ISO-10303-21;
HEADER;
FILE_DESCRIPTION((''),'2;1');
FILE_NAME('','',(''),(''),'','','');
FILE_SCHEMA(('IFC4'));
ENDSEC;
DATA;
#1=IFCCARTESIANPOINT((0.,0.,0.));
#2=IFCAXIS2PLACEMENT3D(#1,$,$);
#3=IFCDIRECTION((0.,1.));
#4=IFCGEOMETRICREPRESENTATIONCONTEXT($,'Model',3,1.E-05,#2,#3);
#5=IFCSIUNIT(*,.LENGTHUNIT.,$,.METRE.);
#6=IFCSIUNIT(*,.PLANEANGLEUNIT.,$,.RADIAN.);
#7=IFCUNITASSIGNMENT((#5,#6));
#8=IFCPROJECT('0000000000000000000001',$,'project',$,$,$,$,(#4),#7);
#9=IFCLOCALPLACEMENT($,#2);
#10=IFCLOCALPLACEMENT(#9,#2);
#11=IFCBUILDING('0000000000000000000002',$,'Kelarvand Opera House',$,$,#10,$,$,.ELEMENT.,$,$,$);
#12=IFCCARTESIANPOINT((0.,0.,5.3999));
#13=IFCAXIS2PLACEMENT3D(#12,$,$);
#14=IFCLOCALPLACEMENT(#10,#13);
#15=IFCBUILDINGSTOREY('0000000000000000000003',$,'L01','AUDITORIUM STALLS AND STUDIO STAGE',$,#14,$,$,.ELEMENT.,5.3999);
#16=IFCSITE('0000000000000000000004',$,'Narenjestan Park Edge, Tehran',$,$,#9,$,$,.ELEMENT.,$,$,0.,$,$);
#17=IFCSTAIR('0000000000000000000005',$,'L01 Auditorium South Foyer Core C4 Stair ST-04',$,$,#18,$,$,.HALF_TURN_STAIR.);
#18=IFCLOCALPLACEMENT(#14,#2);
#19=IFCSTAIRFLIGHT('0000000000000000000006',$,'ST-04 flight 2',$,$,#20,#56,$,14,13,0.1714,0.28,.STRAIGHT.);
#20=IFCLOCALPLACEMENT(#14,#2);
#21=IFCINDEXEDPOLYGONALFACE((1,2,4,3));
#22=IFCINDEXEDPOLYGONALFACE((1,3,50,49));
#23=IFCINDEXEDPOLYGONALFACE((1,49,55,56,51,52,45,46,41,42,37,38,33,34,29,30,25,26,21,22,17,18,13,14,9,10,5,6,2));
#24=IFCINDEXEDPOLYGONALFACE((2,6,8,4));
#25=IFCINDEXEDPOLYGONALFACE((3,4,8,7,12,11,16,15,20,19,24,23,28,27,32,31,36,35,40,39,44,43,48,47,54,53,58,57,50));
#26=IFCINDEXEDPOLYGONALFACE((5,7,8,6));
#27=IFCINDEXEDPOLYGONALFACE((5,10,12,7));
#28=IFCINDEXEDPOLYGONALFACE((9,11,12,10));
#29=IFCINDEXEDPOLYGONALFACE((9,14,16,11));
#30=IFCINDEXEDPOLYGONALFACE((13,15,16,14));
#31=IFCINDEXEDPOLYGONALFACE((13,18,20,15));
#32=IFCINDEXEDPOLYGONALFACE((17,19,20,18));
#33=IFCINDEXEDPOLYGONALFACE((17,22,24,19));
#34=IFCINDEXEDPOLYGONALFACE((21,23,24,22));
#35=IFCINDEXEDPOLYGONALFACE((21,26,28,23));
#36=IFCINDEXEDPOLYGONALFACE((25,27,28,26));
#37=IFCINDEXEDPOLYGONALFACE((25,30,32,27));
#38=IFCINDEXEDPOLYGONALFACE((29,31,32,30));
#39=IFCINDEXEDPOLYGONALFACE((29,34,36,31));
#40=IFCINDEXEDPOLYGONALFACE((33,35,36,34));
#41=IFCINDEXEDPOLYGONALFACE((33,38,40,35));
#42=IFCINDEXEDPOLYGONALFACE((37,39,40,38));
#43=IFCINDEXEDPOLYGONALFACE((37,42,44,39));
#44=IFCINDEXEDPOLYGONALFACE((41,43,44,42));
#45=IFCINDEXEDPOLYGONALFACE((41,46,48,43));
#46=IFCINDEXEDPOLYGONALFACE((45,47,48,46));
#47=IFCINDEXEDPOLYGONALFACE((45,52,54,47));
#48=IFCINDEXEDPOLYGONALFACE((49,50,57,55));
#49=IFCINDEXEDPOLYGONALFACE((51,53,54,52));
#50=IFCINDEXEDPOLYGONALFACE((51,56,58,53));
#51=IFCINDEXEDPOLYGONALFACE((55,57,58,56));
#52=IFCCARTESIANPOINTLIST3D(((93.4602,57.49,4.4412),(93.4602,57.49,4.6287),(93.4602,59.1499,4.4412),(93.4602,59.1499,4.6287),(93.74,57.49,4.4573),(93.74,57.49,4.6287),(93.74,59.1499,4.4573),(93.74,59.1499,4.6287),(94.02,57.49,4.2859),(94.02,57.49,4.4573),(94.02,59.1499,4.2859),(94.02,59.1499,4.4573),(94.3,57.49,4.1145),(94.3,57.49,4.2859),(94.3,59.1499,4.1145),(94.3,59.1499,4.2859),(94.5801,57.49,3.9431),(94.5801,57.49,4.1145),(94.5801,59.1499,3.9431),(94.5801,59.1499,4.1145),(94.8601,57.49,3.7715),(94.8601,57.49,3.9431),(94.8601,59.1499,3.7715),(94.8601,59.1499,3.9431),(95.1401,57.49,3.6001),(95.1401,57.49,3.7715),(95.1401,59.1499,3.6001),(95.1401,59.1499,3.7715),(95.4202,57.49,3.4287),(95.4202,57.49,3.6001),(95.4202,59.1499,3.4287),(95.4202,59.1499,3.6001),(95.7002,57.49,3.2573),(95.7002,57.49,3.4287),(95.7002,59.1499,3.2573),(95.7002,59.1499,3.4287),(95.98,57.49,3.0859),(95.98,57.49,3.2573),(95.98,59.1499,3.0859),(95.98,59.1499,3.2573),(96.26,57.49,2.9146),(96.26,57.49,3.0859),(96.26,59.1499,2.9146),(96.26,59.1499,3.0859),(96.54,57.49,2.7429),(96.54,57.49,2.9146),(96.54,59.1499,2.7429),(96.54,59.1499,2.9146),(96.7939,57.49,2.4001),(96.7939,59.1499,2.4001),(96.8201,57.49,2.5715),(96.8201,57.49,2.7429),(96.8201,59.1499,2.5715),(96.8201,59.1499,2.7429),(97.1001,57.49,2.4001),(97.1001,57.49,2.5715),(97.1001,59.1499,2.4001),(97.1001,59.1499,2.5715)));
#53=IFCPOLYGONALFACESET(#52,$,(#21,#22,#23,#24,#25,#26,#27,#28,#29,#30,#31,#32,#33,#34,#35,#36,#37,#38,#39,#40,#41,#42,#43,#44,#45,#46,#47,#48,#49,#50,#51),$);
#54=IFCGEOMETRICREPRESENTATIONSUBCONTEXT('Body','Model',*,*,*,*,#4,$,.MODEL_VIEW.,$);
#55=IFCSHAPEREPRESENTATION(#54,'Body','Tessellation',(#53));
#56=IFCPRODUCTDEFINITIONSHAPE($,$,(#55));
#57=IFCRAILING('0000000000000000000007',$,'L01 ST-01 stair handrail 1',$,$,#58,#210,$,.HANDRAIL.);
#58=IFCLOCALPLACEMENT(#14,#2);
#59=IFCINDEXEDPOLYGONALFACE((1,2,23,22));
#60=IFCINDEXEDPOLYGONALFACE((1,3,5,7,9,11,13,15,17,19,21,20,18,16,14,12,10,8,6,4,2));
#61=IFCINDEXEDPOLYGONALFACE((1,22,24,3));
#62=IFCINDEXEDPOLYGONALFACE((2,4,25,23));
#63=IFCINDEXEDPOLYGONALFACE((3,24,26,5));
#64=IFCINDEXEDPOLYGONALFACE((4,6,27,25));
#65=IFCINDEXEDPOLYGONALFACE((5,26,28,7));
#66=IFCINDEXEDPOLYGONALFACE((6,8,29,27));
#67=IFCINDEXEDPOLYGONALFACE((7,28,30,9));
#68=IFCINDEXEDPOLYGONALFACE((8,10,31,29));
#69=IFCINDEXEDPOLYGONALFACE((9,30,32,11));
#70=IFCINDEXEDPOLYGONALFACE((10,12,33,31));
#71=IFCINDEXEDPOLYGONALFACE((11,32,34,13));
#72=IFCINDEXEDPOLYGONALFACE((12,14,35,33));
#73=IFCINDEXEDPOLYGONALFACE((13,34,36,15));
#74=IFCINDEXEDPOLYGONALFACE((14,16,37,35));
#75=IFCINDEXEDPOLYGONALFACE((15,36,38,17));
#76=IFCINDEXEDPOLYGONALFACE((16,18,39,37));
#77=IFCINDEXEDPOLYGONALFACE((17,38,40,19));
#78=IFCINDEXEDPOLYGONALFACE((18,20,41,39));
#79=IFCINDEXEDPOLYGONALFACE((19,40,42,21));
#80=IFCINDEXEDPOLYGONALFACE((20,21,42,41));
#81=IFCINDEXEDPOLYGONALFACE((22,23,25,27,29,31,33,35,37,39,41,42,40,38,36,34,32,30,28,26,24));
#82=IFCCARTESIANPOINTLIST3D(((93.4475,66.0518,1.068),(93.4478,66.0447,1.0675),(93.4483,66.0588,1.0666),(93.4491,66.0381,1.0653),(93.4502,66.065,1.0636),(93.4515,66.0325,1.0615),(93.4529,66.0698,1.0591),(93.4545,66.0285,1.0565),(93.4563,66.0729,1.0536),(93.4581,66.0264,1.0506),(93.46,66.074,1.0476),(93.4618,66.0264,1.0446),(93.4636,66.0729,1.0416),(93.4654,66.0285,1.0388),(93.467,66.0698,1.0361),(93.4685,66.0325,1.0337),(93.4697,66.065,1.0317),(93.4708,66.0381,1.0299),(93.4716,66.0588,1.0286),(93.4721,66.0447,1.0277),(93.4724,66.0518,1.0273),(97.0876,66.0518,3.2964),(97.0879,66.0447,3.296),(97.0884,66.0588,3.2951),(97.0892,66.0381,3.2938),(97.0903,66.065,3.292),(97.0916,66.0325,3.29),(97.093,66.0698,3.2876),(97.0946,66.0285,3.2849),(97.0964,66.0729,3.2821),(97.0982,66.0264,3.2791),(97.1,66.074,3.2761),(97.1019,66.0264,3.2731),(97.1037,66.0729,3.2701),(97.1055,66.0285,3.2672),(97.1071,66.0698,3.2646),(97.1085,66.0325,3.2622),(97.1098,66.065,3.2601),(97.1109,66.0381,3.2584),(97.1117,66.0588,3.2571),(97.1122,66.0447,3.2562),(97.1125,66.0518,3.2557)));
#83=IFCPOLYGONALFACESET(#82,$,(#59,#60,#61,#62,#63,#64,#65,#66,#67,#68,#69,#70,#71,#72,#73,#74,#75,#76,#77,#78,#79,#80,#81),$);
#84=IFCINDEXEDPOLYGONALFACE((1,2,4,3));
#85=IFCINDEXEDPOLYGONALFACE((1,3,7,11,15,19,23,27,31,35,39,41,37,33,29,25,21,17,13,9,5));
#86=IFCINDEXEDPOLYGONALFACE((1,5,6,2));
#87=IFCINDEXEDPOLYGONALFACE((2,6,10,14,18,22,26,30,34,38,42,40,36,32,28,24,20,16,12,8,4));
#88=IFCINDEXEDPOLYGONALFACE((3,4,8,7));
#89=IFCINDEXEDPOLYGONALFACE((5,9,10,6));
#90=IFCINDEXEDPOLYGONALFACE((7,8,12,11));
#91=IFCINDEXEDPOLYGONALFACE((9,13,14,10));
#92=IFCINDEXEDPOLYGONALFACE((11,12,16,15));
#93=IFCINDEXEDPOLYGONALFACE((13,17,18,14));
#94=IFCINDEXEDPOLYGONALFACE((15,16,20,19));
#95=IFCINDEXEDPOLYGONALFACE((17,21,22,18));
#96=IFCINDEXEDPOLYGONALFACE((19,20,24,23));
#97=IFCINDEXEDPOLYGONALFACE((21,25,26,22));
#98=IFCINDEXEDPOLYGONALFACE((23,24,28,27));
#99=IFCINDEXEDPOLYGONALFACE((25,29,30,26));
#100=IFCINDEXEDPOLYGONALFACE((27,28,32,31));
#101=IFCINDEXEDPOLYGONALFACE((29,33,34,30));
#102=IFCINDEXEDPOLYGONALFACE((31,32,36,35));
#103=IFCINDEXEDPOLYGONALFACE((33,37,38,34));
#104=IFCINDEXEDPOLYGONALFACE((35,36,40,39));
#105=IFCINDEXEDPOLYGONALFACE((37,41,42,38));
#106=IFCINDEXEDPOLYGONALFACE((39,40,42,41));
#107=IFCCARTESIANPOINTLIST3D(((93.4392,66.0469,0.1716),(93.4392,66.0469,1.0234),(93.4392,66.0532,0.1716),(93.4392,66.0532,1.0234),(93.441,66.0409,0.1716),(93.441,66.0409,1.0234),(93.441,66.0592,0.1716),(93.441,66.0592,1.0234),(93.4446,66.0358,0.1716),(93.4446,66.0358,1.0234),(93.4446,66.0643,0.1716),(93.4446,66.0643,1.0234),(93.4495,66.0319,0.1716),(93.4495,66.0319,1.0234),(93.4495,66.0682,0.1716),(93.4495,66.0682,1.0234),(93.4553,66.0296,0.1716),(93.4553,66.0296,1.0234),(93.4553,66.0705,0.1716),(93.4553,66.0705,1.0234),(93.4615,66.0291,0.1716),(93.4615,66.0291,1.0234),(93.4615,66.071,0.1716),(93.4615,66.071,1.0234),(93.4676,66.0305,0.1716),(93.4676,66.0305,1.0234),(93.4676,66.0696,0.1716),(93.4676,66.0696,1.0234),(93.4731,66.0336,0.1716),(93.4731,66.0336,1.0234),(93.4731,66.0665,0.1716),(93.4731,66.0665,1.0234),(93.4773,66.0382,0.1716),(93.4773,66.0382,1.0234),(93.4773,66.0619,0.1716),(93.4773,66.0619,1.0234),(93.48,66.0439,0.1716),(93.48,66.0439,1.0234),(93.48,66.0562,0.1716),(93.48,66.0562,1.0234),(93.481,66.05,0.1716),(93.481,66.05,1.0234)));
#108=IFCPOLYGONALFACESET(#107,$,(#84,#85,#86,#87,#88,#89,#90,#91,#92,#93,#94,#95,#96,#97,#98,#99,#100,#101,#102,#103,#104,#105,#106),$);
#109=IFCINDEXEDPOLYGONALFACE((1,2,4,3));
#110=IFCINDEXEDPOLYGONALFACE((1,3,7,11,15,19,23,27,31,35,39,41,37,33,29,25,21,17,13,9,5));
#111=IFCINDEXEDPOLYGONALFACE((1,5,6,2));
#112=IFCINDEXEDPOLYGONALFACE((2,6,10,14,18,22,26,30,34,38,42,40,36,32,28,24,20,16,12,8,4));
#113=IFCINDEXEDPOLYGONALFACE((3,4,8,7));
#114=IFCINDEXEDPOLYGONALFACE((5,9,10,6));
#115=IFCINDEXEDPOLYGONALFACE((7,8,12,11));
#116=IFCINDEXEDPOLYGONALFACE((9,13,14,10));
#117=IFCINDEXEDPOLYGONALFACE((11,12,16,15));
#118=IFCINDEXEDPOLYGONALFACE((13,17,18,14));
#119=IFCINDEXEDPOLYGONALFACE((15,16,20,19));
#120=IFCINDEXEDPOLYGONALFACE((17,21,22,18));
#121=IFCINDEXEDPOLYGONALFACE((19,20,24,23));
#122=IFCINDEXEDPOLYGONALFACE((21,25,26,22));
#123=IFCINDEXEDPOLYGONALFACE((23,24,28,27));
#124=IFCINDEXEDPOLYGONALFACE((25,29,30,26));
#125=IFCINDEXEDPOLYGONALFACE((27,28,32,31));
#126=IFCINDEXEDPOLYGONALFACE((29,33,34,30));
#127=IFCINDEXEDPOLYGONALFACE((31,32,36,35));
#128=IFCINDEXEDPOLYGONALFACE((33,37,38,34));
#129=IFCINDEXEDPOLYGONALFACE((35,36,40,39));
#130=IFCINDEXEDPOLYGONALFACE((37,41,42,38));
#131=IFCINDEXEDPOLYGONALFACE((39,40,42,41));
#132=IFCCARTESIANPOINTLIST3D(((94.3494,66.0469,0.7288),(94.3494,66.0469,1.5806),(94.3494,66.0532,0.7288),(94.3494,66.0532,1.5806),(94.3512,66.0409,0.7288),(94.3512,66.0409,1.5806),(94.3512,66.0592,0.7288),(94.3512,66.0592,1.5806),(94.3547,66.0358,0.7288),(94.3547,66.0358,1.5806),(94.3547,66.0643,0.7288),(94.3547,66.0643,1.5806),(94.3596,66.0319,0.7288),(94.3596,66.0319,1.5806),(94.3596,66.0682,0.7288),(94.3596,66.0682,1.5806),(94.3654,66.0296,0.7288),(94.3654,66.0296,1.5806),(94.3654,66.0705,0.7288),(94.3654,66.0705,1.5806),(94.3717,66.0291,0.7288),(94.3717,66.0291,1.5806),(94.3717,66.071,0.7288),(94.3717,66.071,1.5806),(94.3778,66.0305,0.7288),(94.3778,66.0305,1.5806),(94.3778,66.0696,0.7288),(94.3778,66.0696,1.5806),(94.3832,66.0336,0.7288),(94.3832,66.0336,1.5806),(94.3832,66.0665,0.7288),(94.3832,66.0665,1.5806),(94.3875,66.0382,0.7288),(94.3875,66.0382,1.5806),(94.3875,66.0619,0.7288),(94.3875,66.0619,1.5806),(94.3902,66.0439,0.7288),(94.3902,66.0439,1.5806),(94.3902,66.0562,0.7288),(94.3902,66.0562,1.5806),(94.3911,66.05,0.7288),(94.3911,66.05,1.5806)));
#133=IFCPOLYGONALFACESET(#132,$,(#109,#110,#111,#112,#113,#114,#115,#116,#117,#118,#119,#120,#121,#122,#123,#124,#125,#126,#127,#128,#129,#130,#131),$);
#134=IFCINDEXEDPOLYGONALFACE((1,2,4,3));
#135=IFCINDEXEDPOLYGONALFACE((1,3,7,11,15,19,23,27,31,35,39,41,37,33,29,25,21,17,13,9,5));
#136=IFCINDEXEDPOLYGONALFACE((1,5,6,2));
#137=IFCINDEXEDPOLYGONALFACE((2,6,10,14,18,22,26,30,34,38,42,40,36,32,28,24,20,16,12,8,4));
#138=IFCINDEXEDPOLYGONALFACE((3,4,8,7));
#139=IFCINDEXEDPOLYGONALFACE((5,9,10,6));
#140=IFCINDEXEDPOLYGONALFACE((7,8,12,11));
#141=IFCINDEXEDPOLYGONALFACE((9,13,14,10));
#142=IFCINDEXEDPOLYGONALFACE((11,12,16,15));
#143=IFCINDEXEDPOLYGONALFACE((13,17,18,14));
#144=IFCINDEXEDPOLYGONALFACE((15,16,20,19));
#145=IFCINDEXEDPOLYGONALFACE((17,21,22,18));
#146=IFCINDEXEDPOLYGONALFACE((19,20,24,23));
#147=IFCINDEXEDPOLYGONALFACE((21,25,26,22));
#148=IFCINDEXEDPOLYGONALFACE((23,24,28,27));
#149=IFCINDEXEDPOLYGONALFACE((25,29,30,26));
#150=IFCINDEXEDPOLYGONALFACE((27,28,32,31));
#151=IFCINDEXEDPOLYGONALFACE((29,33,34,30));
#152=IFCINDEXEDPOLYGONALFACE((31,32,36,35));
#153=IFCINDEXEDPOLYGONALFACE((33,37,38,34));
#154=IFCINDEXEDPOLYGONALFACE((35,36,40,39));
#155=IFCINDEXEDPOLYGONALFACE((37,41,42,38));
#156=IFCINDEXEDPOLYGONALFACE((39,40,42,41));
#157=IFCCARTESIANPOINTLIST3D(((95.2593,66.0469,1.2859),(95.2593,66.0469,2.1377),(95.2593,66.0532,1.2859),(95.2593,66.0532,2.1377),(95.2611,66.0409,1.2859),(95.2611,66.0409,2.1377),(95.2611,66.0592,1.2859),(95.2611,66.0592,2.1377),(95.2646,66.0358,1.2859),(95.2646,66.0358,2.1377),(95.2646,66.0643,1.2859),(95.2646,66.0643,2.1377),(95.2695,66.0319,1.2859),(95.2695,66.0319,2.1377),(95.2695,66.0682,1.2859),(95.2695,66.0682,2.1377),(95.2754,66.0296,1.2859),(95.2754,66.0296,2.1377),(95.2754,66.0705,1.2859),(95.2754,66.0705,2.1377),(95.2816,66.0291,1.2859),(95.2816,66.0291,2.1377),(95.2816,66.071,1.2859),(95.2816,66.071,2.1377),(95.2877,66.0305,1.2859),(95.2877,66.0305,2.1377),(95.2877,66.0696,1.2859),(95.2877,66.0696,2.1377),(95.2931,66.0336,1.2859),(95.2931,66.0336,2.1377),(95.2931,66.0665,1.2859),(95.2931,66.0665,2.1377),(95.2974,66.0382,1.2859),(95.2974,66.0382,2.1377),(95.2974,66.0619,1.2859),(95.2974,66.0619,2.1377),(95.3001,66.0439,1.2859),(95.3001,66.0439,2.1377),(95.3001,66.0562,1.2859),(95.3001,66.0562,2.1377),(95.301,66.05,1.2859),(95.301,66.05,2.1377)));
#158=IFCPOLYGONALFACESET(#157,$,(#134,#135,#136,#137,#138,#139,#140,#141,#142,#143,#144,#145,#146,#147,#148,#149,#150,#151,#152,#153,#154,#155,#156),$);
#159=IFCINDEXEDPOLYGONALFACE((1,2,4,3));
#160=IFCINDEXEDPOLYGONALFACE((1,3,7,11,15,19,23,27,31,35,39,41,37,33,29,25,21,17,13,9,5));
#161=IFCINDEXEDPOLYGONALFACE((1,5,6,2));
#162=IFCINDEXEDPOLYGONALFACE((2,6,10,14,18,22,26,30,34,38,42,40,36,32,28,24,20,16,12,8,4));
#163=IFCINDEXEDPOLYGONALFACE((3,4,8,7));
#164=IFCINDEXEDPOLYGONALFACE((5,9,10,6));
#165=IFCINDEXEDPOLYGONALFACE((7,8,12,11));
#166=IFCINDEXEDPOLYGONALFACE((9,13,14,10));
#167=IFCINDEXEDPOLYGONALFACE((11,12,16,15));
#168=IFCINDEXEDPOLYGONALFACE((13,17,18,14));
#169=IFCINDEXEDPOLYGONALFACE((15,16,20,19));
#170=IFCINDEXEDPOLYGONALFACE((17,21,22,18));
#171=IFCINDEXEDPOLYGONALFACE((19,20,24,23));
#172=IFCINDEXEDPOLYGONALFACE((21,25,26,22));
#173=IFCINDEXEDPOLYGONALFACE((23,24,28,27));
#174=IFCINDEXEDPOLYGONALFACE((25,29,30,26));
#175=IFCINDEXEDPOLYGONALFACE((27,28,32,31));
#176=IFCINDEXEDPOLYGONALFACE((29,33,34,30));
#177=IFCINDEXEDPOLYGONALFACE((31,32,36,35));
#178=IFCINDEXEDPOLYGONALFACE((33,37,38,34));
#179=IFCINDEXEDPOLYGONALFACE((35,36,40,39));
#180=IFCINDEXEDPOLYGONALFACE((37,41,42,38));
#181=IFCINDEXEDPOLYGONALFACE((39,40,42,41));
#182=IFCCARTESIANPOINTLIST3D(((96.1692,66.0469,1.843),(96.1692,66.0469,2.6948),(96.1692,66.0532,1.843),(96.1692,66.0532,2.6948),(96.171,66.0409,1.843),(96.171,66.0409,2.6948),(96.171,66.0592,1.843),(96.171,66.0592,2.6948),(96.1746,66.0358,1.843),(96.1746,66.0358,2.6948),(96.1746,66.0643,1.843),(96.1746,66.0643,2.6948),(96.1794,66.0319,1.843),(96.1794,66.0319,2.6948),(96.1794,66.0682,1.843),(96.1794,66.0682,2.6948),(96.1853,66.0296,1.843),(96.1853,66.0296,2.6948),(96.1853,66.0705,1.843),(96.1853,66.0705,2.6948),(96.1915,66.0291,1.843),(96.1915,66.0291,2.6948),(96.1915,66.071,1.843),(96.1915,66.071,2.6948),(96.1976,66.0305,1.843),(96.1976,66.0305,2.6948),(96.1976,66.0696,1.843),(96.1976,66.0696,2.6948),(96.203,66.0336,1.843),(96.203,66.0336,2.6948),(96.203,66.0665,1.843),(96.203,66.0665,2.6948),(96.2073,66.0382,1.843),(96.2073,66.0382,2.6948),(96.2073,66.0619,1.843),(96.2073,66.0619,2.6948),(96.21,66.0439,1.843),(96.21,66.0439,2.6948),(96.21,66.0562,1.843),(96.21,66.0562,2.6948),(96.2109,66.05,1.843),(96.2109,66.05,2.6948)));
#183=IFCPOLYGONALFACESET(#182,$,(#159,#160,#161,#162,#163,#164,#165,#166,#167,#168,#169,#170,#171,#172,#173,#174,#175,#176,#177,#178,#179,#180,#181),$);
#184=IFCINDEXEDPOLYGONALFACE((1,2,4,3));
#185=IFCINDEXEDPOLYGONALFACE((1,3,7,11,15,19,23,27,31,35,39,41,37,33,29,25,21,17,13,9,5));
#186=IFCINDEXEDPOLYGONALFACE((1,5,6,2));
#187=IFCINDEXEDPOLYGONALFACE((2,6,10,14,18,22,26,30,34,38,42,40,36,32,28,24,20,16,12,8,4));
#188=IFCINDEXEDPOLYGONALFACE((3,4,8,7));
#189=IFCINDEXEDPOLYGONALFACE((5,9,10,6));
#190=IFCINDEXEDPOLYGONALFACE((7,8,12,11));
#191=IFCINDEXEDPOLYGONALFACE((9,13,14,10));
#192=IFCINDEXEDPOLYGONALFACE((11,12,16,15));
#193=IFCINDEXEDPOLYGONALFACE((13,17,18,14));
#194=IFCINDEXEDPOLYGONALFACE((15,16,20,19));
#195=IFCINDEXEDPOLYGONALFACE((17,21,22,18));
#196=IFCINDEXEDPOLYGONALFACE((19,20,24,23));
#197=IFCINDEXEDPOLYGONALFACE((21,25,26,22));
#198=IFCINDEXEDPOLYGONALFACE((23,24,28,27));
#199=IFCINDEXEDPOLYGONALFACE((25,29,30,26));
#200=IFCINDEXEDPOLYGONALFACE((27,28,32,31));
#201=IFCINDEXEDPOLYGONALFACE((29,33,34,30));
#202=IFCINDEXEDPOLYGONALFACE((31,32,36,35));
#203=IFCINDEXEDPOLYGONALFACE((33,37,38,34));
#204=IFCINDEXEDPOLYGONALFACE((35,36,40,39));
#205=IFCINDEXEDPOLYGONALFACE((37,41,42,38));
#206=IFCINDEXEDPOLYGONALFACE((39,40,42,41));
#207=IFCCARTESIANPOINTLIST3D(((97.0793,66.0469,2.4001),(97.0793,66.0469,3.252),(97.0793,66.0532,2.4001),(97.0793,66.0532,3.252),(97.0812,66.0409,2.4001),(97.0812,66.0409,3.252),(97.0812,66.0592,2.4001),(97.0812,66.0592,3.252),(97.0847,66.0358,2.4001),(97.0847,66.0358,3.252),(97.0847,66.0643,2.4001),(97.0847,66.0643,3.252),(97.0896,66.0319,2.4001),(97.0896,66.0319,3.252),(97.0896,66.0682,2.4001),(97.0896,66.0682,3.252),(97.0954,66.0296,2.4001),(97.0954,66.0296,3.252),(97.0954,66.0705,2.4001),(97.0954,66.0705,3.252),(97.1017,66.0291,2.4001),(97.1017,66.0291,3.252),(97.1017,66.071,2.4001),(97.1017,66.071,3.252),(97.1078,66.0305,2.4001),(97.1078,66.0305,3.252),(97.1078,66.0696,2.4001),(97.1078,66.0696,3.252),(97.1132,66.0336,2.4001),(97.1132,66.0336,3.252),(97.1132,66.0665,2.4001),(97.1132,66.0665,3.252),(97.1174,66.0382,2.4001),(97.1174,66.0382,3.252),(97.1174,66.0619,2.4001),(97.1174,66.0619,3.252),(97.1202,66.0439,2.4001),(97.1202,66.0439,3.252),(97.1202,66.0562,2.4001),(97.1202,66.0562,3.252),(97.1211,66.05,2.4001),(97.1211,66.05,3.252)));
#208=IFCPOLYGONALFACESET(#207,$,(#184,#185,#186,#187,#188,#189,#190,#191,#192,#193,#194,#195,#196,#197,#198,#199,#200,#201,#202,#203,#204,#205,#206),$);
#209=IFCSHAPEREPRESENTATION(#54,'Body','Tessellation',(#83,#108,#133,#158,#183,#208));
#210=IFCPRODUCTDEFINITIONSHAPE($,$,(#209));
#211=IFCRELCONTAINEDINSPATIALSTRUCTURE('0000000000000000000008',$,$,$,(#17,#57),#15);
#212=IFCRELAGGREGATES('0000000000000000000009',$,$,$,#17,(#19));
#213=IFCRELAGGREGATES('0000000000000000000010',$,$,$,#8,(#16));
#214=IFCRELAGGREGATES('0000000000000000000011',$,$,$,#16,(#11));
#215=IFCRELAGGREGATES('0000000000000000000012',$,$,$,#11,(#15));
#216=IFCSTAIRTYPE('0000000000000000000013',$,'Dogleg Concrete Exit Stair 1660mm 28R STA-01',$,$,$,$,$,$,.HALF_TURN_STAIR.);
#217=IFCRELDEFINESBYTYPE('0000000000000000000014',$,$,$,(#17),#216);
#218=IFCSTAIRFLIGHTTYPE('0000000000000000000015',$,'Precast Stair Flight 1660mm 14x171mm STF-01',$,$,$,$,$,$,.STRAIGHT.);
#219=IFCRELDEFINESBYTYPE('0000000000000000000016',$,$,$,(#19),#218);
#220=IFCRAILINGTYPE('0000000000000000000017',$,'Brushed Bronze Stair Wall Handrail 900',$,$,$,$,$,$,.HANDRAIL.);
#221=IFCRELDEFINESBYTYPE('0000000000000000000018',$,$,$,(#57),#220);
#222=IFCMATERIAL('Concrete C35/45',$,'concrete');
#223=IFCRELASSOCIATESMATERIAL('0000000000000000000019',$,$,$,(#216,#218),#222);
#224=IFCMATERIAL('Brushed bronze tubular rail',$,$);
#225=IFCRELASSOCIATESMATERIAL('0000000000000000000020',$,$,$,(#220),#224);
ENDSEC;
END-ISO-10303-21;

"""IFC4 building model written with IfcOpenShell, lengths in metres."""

from ifc_helpers import new_model, si_unit, direction, frame, origin, origin_2d, place, context, subcontext, project, spatial, polyline, circle, outline, extrude, material, type_object, element, aggregate, save


model = new_model("IFC4")

# Units and contexts
model_context = context("Model", 3, precision=1e-05, world=origin(), true_north=direction((0.0, 1.0)))
body_context = subcontext(model_context, "Body", "Model", "MODEL_VIEW")
ifc_project = project(units=[si_unit("LENGTHUNIT", "METRE"), si_unit("PLANEANGLEUNIT", "RADIAN")], contexts=[model_context])

# Site, building, storey
site_placement = place(None, origin())
site = spatial("IfcSite", under=ifc_project, at=site_placement, Name="Narenjestan Park Edge, Tehran", CompositionType="ELEMENT", RefElevation=0.0)
building_placement = place(site_placement, origin())
building = spatial("IfcBuilding", under=site, at=building_placement, Name="Kelarvand Opera House", CompositionType="ELEMENT")
storey_placement = place(building_placement, frame((0.0, 0.0, 5.3999)))
storey = spatial("IfcBuildingStorey", under=building, at=storey_placement, Name="L01", Description="AUDITORIUM STALLS AND STUDIO STAGE", CompositionType="ELEMENT", Elevation=5.3999)

# Shared definitions
ifc_material_1 = material(Name="Concrete C35/45", Category="concrete")

# Shared definitions
stair_type = type_object("IfcStairType", Name="Dogleg Concrete Exit Stair 1660mm 28R STA-01", PredefinedType="HALF_TURN_STAIR", material=ifc_material_1)
stair_flight_type = type_object("IfcStairFlightType", Name="Precast Stair Flight 1660mm 14x171mm STF-01", PredefinedType="STRAIGHT", material=ifc_material_1)

# Stair, stair flight
stair_1_placement = place(storey_placement, origin())
stair_1 = element("IfcStair", 1, at=stair_1_placement, inside=storey, type_object=stair_type, Name="L01 Auditorium South Foyer Core C4 Stair ST-04", PredefinedType="HALF_TURN_STAIR")
stair_flight_1_placement = place(storey_placement, frame((97.1001, 58.3201, 2.4001), z_axis=(0.0, 0.0, 1.0), x_axis=(-1.0, 0.0, 0.0)))
stair_flight_1 = element("IfcStairFlight", 2, at=stair_flight_1_placement, type_object=stair_flight_type, Name="ST-04 flight 2", NumberOfRisers=14, NumberOfTreads=13, PredefinedType="STRAIGHT", RiserHeight=0.1714, TreadLength=0.28, context=body_context, shape_type="SweptSolid", body=[
    extrude(outline(polyline([(0.0, 0.0), (0.0, 0.1714), (0.28, 0.1714), (0.28, 0.3428), (0.5601, 0.3428), (0.5601, 0.5144), (0.8401, 0.5144), (0.8401, 0.6858), (1.1201, 0.6858), (1.1201, 0.8572), (1.3999, 0.8572), (1.3999, 1.0286), (1.6799, 1.0286), (1.6799, 1.2), (1.96, 1.2), (1.96, 1.3713), (2.24, 1.3713), (2.24, 1.543), (2.52, 1.543), (2.52, 1.7144), (2.8, 1.7144), (2.8, 1.8857), (3.0801, 1.8857), (3.0801, 2.0571), (3.3601, 2.0571), (3.3601, 2.2285), (3.6399, 2.2285), (3.6399, 2.3999), (3.6399, 2.041), (0.3062, 0.0), (0.0, 0.0)])), frame((0.0, 0.8301, 0.0), z_axis=(0.0, -1.0, 0.0), x_axis=(1.0, 0.0, 0.0)), (0.0, 0.0, 1.0), 1.6599),
])
aggregate(stair_1, [stair_flight_1])

# Railing
ifc_material_2 = material(Name="Brushed bronze tubular rail")
railing_type_1 = type_object("IfcRailingType", Name="Brushed Bronze Stair Wall Handrail 900", PredefinedType="HANDRAIL", material=ifc_material_2)
for number, where, name in (
    (3, (93.46, 66.05, 0.1716), "L01 ST-01 stair handrail 1"),
):
    element("IfcRailing", number, at=place(storey_placement, frame(where)), inside=storey, type_object=railing_type_1, Name=name, PredefinedType="HANDRAIL", context=body_context, shape_type="SweptSolid", body=[
        extrude(circle(Radius=0.0239, at=origin_2d()), frame((0.0, 0.0, 0.876), z_axis=(0.852866, 0.0, 0.52213), x_axis=(0.0, 1.0, 0.0)), (0.0, 0.0, 1.0), 4.2681),
        extrude(circle(Radius=0.021, at=origin_2d()), origin(), (0.0, 0.0, 1.0), 0.8518),
        extrude(circle(Radius=0.021, at=origin_2d()), frame((0.9102, 0.0, 0.5571)), (0.0, 0.0, 1.0), 0.8518),
        extrude(circle(Radius=0.021, at=origin_2d()), frame((1.8201, 0.0, 1.1143)), (0.0, 0.0, 1.0), 0.8518),
        extrude(circle(Radius=0.021, at=origin_2d()), frame((2.73, 0.0, 1.6714)), (0.0, 0.0, 1.0), 0.8518),
        extrude(circle(Radius=0.021, at=origin_2d()), frame((3.6401, 0.0, 2.2285)), (0.0, 0.0, 1.0), 0.8518),
    ])

save(model, "model.ifc")
